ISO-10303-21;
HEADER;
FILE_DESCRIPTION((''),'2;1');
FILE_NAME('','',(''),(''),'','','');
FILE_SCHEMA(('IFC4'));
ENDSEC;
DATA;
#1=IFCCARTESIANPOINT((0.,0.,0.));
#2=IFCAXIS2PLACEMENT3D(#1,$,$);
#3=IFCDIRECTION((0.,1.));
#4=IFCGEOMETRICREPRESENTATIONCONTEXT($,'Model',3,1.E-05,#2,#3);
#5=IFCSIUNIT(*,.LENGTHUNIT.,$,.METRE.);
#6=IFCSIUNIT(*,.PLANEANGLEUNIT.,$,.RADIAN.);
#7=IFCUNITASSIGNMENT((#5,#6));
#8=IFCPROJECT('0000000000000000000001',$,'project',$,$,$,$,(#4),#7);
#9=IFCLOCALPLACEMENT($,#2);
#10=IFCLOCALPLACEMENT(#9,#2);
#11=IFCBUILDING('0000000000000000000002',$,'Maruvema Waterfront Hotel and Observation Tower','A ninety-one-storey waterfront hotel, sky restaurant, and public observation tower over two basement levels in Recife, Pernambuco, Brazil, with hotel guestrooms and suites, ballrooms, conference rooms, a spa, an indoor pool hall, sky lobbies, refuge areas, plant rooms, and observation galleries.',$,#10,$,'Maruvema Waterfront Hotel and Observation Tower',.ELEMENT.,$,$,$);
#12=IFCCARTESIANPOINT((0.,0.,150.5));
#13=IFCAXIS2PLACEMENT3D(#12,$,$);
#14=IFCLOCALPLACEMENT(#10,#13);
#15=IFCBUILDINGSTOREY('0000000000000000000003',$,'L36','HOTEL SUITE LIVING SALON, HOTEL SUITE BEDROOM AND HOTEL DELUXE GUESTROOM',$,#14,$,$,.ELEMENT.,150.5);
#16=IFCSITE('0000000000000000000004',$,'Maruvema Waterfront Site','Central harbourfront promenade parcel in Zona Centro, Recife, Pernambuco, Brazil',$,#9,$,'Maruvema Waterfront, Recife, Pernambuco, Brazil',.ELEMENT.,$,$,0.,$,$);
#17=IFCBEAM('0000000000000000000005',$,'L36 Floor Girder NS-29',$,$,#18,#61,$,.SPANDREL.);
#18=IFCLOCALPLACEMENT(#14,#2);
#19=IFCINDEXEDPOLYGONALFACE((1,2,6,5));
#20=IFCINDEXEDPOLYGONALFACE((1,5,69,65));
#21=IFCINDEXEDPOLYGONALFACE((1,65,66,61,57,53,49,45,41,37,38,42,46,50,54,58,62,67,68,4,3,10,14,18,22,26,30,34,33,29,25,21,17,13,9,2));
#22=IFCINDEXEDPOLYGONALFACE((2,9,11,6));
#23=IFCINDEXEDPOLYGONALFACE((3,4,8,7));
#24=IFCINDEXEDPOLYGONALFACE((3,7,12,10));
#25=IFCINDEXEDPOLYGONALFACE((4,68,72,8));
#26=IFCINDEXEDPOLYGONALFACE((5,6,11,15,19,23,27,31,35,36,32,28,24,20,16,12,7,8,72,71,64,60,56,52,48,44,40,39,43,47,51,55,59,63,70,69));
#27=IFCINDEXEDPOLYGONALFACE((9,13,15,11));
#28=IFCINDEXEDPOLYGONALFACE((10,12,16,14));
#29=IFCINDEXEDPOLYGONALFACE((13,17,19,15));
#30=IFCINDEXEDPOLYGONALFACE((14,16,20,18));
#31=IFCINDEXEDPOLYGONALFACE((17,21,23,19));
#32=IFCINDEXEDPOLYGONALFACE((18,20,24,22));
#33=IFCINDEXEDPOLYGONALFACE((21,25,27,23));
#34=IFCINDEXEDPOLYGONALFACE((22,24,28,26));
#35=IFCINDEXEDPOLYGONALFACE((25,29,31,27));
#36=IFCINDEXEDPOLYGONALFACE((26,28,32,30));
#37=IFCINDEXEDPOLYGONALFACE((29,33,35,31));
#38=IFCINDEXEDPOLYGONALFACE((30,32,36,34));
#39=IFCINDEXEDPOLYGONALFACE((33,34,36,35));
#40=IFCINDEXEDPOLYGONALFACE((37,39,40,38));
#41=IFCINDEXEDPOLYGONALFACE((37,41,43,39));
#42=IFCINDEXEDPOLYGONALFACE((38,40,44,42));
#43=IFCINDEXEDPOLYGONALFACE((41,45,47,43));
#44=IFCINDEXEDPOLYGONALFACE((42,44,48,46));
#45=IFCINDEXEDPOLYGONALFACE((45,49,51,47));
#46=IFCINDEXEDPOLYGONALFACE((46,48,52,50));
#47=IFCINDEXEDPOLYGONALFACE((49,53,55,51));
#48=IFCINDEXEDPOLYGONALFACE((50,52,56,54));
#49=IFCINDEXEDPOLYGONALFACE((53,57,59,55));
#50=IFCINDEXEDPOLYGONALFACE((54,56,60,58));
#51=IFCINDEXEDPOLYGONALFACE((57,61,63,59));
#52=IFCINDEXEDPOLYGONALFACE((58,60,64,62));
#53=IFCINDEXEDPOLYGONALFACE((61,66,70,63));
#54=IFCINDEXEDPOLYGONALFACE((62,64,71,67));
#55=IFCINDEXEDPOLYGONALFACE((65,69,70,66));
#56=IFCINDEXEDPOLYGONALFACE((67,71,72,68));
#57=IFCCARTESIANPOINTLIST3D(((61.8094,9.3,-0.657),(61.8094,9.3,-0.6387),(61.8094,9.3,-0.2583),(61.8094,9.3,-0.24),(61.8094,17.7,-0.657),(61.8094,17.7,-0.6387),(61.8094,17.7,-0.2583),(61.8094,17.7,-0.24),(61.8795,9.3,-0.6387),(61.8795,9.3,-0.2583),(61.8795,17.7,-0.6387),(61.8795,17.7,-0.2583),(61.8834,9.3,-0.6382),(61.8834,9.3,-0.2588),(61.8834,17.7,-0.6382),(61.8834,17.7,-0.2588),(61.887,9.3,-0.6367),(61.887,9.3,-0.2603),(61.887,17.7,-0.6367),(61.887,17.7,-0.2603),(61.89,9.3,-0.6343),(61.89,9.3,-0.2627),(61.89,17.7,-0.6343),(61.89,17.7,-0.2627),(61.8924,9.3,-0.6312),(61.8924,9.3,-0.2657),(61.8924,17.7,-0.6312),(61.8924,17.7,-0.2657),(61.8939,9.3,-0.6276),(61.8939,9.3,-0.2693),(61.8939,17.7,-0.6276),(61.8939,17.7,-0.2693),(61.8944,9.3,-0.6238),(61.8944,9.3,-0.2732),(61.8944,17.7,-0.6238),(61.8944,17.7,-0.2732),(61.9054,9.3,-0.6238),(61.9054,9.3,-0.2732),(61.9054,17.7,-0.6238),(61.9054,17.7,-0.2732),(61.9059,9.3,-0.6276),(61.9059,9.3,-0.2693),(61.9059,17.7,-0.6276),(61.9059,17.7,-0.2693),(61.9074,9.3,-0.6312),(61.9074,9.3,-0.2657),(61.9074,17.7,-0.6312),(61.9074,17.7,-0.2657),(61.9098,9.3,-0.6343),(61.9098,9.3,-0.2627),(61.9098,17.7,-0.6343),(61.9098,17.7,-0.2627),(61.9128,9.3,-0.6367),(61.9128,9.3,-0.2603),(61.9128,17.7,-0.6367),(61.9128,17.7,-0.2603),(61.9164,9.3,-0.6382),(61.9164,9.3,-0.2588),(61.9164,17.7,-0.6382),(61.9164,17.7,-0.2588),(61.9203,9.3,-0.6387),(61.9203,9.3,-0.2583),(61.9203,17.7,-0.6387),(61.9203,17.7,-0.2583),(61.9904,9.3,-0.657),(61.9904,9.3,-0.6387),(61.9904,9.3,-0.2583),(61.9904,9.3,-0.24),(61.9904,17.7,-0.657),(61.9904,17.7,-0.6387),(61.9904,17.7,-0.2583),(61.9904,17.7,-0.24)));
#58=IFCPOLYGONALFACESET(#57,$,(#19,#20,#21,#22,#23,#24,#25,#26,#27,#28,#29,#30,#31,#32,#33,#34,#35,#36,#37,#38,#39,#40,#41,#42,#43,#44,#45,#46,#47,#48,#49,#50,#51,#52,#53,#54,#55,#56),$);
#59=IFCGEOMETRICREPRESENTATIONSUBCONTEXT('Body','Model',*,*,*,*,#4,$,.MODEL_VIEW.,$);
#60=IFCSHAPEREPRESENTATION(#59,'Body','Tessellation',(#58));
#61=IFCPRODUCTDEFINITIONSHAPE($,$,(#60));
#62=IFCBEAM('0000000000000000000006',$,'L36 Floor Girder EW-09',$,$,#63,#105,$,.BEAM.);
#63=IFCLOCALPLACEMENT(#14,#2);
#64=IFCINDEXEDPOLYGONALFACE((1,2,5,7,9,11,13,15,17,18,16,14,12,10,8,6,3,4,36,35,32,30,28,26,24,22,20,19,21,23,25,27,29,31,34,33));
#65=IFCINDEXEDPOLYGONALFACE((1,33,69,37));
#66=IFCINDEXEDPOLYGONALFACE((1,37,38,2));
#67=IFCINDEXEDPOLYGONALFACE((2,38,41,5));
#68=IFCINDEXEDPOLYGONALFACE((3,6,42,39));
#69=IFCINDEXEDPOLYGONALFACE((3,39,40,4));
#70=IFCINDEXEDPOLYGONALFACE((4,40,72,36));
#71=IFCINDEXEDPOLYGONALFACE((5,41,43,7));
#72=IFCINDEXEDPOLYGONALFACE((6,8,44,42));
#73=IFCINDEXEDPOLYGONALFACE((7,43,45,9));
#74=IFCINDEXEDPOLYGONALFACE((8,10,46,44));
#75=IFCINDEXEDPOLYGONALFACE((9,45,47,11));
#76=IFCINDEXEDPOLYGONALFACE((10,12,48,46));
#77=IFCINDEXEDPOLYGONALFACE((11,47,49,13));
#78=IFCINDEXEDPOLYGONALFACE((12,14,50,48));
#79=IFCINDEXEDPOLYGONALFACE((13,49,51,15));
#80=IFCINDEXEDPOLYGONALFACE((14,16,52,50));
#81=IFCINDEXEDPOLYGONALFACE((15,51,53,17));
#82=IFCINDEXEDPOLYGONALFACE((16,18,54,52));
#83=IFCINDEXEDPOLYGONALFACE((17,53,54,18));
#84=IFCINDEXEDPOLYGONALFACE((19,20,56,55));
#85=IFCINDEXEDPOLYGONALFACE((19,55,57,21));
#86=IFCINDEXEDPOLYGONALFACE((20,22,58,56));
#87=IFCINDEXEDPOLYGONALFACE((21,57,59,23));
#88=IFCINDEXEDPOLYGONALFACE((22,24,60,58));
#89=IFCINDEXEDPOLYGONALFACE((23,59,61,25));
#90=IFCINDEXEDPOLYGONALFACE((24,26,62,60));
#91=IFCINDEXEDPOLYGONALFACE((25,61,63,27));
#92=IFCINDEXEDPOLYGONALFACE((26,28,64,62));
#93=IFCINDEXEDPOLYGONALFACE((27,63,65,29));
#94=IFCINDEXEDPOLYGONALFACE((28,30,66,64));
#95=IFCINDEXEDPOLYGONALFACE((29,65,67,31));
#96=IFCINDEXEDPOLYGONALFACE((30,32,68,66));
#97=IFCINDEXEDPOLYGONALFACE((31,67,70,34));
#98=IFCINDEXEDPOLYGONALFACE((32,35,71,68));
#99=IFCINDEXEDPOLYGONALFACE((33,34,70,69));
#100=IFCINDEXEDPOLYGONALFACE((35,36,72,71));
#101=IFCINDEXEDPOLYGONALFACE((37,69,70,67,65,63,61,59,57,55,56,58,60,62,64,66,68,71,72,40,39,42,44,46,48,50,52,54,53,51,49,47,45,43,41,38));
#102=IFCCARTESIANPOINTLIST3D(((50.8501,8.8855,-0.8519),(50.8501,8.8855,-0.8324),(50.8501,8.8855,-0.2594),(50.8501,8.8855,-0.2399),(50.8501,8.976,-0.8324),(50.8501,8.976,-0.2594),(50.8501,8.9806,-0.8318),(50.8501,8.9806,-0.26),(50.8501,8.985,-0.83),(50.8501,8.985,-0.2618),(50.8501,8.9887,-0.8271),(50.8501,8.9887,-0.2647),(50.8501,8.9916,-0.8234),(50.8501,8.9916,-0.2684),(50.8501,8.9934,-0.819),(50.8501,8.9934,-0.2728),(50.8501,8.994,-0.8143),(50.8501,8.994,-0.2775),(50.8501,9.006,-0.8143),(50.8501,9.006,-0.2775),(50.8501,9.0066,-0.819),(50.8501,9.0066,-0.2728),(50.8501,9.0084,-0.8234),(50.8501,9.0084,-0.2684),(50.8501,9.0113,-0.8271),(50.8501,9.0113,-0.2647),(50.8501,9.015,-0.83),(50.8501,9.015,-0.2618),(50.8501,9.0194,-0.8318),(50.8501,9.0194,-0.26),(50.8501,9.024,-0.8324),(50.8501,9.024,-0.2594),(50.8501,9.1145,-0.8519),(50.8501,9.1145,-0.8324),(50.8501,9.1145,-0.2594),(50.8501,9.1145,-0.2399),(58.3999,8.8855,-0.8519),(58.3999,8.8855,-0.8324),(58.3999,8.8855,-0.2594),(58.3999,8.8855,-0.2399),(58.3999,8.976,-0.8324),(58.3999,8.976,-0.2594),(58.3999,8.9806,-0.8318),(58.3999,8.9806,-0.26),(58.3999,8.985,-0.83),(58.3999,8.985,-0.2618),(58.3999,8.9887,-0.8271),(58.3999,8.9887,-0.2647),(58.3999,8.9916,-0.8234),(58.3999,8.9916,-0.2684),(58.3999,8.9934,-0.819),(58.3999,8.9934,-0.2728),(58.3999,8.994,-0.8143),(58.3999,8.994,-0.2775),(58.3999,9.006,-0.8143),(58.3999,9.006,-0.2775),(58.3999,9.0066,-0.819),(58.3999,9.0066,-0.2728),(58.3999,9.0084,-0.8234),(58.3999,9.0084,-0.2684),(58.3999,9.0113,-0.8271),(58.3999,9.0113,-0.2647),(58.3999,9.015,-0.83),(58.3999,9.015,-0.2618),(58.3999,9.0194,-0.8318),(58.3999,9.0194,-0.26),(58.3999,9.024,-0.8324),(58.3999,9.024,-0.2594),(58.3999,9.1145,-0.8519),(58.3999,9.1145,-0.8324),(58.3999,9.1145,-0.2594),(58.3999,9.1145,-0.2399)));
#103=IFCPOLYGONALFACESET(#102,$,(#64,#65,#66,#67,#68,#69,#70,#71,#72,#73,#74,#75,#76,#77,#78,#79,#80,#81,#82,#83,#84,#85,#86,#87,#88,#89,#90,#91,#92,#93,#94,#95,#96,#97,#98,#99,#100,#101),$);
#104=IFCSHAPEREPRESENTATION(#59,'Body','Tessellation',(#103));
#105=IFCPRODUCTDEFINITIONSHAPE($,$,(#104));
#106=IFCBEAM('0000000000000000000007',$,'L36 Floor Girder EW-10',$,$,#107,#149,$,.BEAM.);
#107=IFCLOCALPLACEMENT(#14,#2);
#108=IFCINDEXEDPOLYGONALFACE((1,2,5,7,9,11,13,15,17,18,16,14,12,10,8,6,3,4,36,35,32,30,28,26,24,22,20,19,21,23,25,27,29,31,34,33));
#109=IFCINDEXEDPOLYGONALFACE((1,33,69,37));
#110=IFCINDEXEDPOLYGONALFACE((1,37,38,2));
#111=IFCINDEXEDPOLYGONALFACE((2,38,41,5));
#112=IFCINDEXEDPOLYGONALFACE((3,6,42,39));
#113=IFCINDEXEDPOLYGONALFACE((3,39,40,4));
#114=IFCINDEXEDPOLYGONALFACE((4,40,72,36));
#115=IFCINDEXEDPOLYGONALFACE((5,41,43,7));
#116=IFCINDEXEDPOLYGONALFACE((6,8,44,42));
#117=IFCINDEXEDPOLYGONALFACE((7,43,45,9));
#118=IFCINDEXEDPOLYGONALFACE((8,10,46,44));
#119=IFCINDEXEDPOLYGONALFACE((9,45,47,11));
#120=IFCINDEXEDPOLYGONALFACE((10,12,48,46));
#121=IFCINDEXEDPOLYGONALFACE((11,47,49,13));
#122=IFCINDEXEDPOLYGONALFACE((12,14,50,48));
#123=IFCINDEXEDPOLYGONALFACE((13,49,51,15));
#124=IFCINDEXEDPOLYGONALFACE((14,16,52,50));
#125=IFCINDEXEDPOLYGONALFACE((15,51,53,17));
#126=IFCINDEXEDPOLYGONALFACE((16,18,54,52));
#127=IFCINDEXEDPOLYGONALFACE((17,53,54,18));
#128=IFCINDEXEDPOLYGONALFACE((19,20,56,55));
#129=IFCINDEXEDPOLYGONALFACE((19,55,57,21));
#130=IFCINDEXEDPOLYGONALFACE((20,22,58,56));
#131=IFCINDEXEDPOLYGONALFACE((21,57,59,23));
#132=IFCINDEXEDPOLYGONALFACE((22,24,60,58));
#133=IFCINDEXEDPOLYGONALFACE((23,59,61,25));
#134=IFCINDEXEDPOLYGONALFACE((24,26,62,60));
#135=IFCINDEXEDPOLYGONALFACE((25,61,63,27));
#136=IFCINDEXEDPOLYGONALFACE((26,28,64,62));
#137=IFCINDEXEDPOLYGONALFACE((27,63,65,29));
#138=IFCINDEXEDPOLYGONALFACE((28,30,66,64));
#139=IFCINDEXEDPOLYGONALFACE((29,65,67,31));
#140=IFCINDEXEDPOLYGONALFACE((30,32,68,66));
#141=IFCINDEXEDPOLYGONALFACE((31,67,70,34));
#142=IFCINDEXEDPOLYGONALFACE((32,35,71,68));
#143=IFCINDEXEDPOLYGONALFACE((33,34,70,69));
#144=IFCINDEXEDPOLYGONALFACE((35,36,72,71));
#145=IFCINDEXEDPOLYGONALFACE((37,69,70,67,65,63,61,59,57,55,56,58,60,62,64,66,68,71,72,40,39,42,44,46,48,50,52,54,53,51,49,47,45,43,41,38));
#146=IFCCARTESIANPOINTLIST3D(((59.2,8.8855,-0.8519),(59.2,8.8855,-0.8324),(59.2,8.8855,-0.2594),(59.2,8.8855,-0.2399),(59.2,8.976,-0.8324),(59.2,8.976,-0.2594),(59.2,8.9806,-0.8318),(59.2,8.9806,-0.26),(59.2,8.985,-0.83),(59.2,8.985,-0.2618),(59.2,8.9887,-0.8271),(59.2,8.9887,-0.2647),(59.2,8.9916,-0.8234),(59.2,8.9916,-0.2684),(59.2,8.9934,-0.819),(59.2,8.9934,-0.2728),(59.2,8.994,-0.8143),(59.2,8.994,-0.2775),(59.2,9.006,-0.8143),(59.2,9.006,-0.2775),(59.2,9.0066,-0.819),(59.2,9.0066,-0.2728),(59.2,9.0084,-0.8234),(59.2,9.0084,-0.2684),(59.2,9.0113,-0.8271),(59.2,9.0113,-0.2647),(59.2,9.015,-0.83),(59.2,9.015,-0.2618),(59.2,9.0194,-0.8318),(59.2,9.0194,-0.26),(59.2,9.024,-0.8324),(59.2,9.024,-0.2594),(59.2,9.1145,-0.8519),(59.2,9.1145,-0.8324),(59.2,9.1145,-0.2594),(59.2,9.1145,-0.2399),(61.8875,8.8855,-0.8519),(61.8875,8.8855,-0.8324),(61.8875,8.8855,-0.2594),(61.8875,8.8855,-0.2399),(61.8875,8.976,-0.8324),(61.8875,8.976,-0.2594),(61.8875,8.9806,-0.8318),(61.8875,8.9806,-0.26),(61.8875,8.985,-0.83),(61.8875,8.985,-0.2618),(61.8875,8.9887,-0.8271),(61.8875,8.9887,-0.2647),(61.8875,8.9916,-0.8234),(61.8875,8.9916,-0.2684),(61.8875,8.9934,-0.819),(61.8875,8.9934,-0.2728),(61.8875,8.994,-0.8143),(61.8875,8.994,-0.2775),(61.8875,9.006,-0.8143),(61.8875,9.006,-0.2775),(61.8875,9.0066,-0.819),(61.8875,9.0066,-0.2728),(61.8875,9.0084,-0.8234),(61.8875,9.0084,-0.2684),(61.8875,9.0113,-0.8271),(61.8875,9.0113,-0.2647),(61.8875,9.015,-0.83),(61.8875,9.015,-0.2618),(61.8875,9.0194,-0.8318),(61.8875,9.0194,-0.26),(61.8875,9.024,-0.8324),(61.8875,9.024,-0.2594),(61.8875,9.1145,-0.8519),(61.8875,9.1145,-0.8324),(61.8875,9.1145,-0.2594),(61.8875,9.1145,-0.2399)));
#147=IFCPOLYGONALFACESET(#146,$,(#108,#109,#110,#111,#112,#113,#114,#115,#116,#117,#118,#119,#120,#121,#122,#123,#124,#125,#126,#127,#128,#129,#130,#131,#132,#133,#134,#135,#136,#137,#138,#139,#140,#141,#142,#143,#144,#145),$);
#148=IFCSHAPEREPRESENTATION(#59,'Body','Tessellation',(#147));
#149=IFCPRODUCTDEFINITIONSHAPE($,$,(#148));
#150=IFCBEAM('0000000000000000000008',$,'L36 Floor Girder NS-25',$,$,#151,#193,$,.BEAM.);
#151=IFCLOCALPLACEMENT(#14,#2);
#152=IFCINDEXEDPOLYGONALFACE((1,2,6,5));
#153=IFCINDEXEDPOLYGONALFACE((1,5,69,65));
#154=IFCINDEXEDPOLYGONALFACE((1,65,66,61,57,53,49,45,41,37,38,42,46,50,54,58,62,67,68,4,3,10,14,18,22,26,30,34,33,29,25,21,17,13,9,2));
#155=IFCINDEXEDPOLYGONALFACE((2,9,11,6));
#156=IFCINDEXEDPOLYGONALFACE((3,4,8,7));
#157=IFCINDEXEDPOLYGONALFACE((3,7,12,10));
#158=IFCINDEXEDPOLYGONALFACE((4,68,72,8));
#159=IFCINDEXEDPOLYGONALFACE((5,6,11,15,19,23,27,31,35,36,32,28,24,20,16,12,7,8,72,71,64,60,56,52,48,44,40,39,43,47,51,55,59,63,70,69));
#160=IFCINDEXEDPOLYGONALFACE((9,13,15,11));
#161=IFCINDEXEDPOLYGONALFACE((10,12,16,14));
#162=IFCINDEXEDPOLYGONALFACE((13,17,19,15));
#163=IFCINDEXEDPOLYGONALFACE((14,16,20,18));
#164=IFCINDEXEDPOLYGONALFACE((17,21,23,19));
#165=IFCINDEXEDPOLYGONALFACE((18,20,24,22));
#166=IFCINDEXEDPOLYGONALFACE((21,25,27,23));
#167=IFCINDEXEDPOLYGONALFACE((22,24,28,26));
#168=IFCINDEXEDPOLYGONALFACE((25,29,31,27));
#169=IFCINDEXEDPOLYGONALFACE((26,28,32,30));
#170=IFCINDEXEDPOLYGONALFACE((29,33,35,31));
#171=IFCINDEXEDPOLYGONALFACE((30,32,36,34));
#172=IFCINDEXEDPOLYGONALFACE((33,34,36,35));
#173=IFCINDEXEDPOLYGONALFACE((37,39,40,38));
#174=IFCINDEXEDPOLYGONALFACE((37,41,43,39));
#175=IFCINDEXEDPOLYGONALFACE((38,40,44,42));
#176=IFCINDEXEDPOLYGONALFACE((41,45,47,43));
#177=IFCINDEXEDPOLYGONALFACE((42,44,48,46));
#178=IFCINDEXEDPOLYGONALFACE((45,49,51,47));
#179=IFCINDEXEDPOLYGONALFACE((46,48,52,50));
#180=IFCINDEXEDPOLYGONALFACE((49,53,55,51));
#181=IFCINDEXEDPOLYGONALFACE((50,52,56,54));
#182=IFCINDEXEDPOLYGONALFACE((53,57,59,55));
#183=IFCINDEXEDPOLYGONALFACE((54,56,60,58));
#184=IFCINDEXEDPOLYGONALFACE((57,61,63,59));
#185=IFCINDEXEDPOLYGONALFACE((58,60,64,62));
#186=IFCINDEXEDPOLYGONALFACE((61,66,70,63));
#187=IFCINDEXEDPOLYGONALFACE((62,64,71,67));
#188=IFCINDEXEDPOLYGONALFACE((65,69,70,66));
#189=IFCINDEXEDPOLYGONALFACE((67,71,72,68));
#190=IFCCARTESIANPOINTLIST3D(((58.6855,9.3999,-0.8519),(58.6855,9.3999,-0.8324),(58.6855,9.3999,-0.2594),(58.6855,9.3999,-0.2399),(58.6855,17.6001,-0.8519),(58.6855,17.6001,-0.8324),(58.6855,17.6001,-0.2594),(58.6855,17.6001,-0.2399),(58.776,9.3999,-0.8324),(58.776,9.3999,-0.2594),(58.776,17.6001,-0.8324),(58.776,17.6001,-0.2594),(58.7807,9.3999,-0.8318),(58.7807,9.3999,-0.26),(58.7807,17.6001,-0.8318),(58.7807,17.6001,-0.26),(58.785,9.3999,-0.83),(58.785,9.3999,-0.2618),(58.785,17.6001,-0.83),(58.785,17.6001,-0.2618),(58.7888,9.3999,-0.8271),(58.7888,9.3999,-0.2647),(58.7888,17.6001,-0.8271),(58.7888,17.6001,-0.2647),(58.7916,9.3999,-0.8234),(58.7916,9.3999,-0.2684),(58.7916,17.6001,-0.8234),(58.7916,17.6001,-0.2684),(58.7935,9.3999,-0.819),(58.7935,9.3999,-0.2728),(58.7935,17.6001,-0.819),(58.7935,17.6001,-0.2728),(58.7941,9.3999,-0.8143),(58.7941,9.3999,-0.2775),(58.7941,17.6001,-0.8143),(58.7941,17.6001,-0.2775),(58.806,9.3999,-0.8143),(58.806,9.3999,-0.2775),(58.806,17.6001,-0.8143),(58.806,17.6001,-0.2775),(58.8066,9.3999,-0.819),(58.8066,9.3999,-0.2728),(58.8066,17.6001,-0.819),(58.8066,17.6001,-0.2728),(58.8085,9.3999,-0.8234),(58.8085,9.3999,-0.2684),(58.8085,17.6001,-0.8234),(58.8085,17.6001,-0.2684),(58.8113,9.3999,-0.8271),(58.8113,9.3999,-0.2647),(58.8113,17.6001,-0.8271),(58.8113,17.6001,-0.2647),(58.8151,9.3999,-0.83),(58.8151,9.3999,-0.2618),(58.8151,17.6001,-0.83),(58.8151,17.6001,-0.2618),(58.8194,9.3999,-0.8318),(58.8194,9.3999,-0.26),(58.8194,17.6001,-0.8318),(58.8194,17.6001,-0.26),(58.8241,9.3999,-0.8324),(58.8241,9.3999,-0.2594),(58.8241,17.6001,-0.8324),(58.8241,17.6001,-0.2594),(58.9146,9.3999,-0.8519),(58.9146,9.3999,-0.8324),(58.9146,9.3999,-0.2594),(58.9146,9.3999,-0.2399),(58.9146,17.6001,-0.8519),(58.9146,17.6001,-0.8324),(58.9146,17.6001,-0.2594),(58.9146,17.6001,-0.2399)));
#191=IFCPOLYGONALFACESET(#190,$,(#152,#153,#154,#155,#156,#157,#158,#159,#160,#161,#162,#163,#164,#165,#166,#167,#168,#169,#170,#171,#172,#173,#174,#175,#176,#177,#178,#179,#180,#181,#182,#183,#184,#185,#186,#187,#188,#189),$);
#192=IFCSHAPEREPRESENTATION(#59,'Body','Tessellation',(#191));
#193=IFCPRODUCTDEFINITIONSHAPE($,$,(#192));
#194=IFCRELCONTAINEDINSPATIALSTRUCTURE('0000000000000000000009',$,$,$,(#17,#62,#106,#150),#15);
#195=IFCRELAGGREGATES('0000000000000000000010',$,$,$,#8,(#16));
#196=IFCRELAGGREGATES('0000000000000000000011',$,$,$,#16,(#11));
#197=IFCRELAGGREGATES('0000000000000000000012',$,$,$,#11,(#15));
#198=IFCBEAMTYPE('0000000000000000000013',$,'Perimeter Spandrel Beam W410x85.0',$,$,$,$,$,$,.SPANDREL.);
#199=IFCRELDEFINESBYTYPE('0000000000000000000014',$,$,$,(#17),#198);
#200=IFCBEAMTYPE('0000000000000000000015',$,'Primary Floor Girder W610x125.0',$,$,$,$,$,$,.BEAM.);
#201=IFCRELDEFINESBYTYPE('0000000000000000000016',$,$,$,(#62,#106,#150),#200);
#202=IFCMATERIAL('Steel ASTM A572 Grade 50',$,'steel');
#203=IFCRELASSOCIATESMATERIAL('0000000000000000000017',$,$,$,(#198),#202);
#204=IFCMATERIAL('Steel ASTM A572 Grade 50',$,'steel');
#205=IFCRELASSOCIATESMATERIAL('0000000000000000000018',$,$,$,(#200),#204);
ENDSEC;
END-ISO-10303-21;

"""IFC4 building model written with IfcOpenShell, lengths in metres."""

from ifc_helpers import new_model, si_unit, direction, frame, origin, origin_2d, place, context, subcontext, project, spatial, i_section, extrude, material, material_profile, profile_set, type_object, element, save


model = new_model("IFC4")

# Units and contexts
model_context = context("Model", 3, precision=1e-05, world=origin(), true_north=direction((0.0, 1.0)))
body_context = subcontext(model_context, "Body", "Model", "MODEL_VIEW")
ifc_project = project(units=[si_unit("LENGTHUNIT", "METRE"), si_unit("PLANEANGLEUNIT", "RADIAN")], contexts=[model_context])

# Site, building, storey
site_placement = place(None, origin())
site = spatial("IfcSite", under=ifc_project, at=site_placement, Name="Maruvema Waterfront Site", Description="Central harbourfront promenade parcel in Zona Centro, Recife, Pernambuco, Brazil", LongName="Maruvema Waterfront, Recife, Pernambuco, Brazil", CompositionType="ELEMENT", RefElevation=0.0)
building_placement = place(site_placement, origin())
building = spatial("IfcBuilding", under=site, at=building_placement, Name="Maruvema Waterfront Hotel and Observation Tower", Description="A ninety-one-storey waterfront hotel, sky restaurant, and public observation tower over two basement levels in Recife, Pernambuco, Brazil, with hotel guestrooms and suites, ballrooms, conference rooms, a spa, an indoor pool hall, sky lobbies, refuge areas, plant rooms, and observation galleries.", LongName="Maruvema Waterfront Hotel and Observation Tower", CompositionType="ELEMENT")
storey_placement = place(building_placement, frame((0.0, 0.0, 150.5)))
storey = spatial("IfcBuildingStorey", under=building, at=storey_placement, Name="L36", Description="HOTEL SUITE LIVING SALON, HOTEL SUITE BEDROOM AND HOTEL DELUXE GUESTROOM", CompositionType="ELEMENT", Elevation=150.5)

# Beams
ifc_material_1 = material(Name="Steel ASTM A572 Grade 50", Category="steel")
ifc_material_profile_1 = material_profile(ifc_material_1, i_section(OverallWidth=0.1809, OverallDepth=0.417, WebThickness=0.011, FlangeThickness=0.0183, FilletRadius=0.0149, at=origin_2d()), Name="W410x85.0")
ifc_profile_set_1 = profile_set([ifc_material_profile_1], Name="Steel ASTM A572 Grade 50")
beam_type_1 = type_object("IfcBeamType", Name="Perimeter Spandrel Beam W410x85.0", PredefinedType="SPANDREL", material=ifc_profile_set_1)
beam_1_placement = place(storey_placement, frame((61.8999, 9.3, -0.4485), z_axis=(0.0, 1.0, 0.0), x_axis=(-1.0, 0.0, 0.0)))
element("IfcBeam", 1, at=beam_1_placement, inside=storey, type_object=beam_type_1, Name="L36 Floor Girder NS-29", PredefinedType="SPANDREL", context=body_context, shape_type="SweptSolid", body=[
    extrude(i_section(OverallWidth=0.1809, OverallDepth=0.417, WebThickness=0.011, FlangeThickness=0.0183, FilletRadius=0.0149, at=origin_2d()), origin(), (0.0, 0.0, 1.0), 8.3999),
])
ifc_material_2 = material(Name="Steel ASTM A572 Grade 50", Category="steel")
ifc_material_profile_2 = material_profile(ifc_material_2, i_section(OverallWidth=0.229, OverallDepth=0.6121, WebThickness=0.012, FlangeThickness=0.0195, FilletRadius=0.0181, at=origin_2d()), Name="W610x125.0")
ifc_profile_set_2 = profile_set([ifc_material_profile_2], Name="Steel ASTM A572 Grade 50")
beam_type_2 = type_object("IfcBeamType", Name="Primary Floor Girder W610x125.0", PredefinedType="BEAM", material=ifc_profile_set_2)
beam_2_placement = place(storey_placement, frame((50.8501, 9.0, -0.5459), z_axis=(1.0, 0.0, 0.0), x_axis=(0.0, 1.0, 0.0)))
element("IfcBeam", 2, at=beam_2_placement, inside=storey, type_object=beam_type_2, Name="L36 Floor Girder EW-09", PredefinedType="BEAM", context=body_context, shape_type="SweptSolid", body=[
    extrude(i_section(OverallWidth=0.229, OverallDepth=0.6121, WebThickness=0.012, FlangeThickness=0.0195, FilletRadius=0.0181, at=origin_2d()), origin(), (0.0, 0.0, 1.0), 7.5498),
])
beam_3_placement = place(storey_placement, frame((59.2, 9.0, -0.5459), z_axis=(1.0, 0.0, 0.0), x_axis=(0.0, 1.0, 0.0)))
element("IfcBeam", 3, at=beam_3_placement, inside=storey, type_object=beam_type_2, Name="L36 Floor Girder EW-10", PredefinedType="BEAM", context=body_context, shape_type="SweptSolid", body=[
    extrude(i_section(OverallWidth=0.229, OverallDepth=0.6121, WebThickness=0.012, FlangeThickness=0.0195, FilletRadius=0.0181, at=origin_2d()), origin(), (0.0, 0.0, 1.0), 2.6875),
])
beam_4_placement = place(storey_placement, frame((58.8, 9.3999, -0.5459), z_axis=(0.0, 1.0, 0.0), x_axis=(-1.0, 0.0, 0.0)))
element("IfcBeam", 4, at=beam_4_placement, inside=storey, type_object=beam_type_2, Name="L36 Floor Girder NS-25", PredefinedType="BEAM", context=body_context, shape_type="SweptSolid", body=[
    extrude(i_section(OverallWidth=0.229, OverallDepth=0.6121, WebThickness=0.012, FlangeThickness=0.0195, FilletRadius=0.0181, at=origin_2d()), origin(), (0.0, 0.0, 1.0), 8.2002),
])

save(model, "model.ifc")
